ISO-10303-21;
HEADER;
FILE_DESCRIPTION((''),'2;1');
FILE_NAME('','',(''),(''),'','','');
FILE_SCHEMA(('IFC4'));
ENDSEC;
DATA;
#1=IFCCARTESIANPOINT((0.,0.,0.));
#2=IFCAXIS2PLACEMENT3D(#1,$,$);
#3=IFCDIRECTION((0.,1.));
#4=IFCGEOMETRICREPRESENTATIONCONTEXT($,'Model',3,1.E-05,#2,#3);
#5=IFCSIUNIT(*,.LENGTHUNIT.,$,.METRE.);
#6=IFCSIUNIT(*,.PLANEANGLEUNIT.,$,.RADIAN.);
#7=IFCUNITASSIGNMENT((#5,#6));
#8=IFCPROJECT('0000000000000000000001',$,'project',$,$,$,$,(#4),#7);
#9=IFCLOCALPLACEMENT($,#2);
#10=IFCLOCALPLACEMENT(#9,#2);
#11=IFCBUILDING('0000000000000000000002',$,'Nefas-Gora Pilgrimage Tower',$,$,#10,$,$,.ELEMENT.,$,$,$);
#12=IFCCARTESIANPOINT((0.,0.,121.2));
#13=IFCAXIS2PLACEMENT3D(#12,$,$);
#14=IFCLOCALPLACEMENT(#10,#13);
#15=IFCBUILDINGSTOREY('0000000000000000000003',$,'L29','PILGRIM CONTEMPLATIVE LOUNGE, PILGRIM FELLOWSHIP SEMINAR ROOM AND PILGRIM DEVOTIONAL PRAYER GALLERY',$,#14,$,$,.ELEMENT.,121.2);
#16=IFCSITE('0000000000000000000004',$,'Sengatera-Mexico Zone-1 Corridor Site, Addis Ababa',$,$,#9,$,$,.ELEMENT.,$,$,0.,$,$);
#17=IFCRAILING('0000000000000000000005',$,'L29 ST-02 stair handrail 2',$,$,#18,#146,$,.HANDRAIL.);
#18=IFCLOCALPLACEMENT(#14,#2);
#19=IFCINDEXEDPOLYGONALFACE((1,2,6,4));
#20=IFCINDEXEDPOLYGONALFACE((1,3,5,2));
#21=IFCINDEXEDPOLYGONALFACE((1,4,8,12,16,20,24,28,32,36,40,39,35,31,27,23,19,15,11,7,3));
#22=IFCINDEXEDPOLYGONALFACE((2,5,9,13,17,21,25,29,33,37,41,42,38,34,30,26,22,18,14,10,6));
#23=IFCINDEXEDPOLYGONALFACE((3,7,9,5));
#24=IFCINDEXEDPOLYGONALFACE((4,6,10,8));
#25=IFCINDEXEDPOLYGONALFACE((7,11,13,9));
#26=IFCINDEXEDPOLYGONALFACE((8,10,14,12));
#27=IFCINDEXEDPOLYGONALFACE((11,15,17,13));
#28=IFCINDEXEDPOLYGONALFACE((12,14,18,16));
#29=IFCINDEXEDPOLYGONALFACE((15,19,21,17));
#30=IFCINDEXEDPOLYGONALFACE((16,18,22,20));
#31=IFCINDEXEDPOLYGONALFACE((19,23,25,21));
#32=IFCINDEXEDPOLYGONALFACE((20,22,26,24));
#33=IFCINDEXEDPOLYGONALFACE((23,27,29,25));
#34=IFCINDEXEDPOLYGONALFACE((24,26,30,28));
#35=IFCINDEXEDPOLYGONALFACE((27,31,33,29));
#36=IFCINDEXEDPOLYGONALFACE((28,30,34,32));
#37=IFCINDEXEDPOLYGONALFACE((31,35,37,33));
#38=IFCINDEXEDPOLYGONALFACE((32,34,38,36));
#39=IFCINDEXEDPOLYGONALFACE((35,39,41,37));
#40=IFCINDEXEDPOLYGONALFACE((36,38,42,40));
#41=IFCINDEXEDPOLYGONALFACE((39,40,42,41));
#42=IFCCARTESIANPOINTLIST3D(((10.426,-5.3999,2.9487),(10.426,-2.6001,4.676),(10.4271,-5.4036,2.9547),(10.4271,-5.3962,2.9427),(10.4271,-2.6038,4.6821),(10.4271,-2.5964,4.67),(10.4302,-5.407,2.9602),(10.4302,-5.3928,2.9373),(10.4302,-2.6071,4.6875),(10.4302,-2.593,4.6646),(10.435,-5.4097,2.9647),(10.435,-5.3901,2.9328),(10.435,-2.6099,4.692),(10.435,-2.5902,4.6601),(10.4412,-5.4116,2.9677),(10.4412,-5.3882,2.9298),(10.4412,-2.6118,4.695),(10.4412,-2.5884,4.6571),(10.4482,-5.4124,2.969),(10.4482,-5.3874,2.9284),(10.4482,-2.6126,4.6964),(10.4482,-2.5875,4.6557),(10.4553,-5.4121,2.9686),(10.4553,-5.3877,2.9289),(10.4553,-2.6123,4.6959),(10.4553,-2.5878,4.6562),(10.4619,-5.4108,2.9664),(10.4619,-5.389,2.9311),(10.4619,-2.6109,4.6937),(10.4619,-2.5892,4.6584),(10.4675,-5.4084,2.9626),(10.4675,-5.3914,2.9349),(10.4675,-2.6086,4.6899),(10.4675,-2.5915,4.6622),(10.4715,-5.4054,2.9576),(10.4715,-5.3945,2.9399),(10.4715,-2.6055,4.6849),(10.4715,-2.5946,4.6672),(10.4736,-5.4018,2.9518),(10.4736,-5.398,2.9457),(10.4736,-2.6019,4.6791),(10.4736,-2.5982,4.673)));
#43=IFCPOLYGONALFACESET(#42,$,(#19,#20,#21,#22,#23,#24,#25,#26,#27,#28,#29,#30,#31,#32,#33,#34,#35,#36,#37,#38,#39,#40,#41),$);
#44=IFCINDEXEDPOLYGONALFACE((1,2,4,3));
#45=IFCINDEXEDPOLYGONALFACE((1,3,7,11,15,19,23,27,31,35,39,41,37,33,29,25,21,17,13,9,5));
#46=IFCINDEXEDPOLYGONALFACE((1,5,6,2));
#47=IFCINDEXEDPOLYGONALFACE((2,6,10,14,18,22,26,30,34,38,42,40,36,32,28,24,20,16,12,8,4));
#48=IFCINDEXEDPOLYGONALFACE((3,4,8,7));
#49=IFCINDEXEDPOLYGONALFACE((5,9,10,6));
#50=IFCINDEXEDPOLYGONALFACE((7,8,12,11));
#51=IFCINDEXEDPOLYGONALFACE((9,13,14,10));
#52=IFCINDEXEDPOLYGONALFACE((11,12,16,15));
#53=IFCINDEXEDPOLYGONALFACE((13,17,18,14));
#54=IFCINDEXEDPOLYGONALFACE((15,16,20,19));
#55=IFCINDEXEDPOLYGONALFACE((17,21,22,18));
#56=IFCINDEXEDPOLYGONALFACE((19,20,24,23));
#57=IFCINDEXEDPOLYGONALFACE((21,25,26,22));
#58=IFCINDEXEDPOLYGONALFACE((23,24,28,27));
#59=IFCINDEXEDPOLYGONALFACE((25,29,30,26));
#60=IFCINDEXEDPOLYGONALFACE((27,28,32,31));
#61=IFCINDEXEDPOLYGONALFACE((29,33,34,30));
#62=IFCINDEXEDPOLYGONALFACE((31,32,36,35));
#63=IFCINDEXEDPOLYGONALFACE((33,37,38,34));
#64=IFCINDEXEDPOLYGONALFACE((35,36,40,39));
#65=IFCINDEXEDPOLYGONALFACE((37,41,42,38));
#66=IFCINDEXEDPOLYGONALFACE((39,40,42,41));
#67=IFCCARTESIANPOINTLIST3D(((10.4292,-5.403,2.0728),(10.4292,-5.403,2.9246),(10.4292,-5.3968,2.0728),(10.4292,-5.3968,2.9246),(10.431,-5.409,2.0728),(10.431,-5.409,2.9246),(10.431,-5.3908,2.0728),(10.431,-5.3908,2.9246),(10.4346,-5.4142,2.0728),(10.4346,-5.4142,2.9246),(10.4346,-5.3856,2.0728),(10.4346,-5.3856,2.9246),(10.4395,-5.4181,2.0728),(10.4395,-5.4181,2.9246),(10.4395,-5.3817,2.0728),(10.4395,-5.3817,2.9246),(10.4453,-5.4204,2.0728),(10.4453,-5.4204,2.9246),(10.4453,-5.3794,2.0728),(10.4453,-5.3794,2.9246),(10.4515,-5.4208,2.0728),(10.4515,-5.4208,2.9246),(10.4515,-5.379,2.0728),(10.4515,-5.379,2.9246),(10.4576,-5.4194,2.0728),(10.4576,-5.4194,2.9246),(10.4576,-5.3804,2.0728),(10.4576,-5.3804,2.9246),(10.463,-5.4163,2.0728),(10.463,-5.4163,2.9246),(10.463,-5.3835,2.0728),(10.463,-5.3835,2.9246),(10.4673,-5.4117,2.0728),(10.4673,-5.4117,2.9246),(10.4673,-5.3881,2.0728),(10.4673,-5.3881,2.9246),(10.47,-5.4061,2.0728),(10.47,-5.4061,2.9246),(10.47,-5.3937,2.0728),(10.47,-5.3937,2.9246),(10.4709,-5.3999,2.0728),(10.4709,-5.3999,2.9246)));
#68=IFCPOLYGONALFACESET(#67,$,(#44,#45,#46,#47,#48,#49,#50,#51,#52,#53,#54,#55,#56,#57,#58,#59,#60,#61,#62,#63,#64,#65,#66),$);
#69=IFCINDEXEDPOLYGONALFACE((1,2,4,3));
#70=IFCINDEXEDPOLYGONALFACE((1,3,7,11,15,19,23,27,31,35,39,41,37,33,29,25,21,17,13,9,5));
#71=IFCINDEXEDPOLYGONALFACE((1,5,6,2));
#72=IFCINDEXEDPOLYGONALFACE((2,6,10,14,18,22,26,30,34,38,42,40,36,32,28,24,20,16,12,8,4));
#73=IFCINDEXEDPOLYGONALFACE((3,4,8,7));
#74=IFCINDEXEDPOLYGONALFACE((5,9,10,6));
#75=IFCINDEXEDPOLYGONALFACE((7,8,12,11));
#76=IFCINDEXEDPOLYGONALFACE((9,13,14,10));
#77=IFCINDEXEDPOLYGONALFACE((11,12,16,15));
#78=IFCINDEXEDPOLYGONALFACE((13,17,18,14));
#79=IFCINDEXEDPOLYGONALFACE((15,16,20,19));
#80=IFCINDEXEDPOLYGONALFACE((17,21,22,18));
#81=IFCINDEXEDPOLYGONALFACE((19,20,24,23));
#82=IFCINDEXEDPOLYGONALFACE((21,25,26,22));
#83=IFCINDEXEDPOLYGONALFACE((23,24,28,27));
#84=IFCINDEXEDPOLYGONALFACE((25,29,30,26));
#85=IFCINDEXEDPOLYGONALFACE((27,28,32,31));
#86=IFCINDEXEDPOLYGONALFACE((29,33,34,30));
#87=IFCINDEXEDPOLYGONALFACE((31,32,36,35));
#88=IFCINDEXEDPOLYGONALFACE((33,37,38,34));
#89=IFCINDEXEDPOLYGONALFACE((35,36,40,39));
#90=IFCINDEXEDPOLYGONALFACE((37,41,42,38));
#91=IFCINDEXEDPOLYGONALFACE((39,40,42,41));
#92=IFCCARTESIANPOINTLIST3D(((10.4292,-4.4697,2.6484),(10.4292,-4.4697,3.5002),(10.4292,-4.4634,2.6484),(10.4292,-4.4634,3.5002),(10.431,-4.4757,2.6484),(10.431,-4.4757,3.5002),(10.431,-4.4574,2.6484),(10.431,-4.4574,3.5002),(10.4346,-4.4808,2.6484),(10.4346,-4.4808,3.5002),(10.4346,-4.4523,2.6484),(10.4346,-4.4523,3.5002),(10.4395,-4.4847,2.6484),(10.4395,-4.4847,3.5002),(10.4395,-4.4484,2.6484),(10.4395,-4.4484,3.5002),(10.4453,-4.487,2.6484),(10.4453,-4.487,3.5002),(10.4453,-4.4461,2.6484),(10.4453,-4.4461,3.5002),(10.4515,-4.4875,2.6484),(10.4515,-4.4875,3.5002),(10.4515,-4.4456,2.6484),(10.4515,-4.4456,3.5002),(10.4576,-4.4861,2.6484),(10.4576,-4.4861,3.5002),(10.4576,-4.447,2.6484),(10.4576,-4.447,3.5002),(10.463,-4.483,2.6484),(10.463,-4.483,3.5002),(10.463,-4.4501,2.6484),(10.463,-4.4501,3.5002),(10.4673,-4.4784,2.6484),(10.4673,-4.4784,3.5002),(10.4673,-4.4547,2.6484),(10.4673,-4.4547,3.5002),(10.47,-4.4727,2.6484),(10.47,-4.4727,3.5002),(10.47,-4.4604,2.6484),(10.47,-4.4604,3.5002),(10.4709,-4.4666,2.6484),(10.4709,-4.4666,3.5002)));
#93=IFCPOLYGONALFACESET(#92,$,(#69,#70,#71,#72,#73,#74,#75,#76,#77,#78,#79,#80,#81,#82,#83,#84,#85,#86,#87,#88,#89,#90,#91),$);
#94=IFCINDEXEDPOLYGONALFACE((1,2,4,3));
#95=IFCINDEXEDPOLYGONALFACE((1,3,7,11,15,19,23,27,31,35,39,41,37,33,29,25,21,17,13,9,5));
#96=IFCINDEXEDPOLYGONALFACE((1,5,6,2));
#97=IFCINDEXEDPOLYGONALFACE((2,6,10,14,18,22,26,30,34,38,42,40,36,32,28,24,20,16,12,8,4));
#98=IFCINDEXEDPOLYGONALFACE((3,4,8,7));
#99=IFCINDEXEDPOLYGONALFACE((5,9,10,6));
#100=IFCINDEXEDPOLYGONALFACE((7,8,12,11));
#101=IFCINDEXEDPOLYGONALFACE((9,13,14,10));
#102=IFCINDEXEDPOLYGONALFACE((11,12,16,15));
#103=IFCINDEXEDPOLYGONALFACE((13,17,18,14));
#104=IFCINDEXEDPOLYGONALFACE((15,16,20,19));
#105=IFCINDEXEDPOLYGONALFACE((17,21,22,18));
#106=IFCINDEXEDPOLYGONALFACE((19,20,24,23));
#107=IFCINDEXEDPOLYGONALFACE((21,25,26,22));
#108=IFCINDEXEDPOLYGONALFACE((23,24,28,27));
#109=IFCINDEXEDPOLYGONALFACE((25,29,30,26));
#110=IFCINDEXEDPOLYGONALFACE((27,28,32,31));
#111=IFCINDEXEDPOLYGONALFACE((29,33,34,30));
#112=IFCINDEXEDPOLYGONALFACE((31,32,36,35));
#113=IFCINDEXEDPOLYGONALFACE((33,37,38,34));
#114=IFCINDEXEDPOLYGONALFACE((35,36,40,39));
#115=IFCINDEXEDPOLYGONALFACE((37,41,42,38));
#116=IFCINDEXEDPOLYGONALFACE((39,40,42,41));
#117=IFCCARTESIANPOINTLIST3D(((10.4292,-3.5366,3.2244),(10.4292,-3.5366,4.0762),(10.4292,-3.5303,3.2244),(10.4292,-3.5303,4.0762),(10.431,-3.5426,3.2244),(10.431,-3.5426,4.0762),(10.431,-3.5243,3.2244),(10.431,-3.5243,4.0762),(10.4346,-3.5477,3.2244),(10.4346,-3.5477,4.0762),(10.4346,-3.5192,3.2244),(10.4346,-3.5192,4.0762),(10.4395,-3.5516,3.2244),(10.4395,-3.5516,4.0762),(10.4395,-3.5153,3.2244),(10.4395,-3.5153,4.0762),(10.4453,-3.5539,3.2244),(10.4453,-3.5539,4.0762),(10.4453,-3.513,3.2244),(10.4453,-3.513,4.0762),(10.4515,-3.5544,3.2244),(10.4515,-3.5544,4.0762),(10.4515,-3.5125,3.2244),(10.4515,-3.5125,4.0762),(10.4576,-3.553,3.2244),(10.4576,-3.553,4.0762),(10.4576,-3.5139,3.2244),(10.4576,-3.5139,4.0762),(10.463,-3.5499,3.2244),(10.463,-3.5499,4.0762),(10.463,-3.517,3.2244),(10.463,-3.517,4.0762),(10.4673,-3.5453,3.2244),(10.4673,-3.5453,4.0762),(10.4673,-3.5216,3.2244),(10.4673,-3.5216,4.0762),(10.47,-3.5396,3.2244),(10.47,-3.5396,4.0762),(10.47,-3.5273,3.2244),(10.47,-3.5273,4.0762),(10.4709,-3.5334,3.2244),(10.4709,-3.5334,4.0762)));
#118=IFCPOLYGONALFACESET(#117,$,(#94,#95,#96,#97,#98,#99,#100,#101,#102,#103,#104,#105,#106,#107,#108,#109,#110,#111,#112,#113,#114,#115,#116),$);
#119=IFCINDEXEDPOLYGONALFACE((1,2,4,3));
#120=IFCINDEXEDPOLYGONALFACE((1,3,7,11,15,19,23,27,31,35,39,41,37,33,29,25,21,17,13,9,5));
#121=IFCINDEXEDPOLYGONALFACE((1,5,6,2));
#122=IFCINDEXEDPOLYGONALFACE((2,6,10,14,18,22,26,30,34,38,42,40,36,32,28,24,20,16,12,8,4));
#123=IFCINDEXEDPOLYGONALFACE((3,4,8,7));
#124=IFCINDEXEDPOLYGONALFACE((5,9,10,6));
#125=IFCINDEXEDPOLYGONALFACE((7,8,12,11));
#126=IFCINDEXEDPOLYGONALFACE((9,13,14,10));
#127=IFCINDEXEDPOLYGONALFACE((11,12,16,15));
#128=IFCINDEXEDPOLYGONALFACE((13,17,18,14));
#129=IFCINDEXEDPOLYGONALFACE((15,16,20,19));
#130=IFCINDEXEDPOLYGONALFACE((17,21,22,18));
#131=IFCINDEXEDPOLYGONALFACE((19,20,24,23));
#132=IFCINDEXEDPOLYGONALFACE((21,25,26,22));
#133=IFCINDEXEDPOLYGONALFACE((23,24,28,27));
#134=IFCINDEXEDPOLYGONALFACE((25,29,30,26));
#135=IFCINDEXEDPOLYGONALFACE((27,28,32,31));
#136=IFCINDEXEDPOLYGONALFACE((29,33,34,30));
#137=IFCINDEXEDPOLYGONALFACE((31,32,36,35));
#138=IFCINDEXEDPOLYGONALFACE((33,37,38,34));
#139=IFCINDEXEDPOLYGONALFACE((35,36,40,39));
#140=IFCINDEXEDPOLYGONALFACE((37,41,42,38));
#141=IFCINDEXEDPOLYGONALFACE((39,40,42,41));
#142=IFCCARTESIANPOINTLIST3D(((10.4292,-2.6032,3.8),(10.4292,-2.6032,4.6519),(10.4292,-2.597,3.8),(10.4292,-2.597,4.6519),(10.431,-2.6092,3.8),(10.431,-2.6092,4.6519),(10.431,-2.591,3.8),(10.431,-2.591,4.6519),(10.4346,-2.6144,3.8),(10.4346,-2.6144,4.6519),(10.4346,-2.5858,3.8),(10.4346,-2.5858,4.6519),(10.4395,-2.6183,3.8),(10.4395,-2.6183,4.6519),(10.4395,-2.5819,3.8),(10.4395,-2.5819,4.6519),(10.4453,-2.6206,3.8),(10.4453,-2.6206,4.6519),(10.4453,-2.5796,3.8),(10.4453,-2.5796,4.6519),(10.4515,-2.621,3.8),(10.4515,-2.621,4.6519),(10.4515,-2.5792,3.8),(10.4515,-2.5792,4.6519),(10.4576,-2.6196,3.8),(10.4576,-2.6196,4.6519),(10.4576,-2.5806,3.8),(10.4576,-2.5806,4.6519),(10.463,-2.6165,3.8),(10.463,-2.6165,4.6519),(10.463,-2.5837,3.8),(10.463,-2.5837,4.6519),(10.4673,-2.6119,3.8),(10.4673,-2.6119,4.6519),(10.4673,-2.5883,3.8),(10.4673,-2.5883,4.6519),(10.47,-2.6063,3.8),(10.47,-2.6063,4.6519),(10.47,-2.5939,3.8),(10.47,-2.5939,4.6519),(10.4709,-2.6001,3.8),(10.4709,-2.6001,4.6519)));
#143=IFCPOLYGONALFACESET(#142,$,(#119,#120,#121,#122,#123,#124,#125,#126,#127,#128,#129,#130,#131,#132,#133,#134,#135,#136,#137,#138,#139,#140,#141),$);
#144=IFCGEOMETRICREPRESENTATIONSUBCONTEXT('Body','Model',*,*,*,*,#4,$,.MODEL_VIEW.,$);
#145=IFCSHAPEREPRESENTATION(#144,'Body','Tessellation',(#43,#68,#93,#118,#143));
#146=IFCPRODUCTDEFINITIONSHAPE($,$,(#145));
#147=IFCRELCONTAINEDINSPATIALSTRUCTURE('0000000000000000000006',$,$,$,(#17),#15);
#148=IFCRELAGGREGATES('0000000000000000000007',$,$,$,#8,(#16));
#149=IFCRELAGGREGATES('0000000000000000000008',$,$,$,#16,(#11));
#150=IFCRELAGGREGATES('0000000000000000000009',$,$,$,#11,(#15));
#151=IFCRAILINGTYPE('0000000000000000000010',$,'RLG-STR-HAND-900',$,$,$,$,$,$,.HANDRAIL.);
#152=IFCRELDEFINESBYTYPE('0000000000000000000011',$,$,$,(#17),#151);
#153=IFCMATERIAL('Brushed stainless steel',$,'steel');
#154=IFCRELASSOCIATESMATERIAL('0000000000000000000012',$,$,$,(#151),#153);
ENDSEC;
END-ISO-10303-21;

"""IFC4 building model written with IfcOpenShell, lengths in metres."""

from ifc_helpers import new_model, si_unit, direction, frame, origin, origin_2d, place, context, subcontext, project, spatial, circle, extrude, material, type_object, element, save


model = new_model("IFC4")

# Units and contexts
model_context = context("Model", 3, precision=1e-05, world=origin(), true_north=direction((0.0, 1.0)))
body_context = subcontext(model_context, "Body", "Model", "MODEL_VIEW")
ifc_project = project(units=[si_unit("LENGTHUNIT", "METRE"), si_unit("PLANEANGLEUNIT", "RADIAN")], contexts=[model_context])

# Site, building, storey
site_placement = place(None, origin())
site = spatial("IfcSite", under=ifc_project, at=site_placement, Name="Sengatera-Mexico Zone-1 Corridor Site, Addis Ababa", CompositionType="ELEMENT", RefElevation=0.0)
building_placement = place(site_placement, origin())
building = spatial("IfcBuilding", under=site, at=building_placement, Name="Nefas-Gora Pilgrimage Tower", CompositionType="ELEMENT")
storey_placement = place(building_placement, frame((0.0, 0.0, 121.2)))
storey = spatial("IfcBuildingStorey", under=building, at=storey_placement, Name="L29", Description="PILGRIM CONTEMPLATIVE LOUNGE, PILGRIM FELLOWSHIP SEMINAR ROOM AND PILGRIM DEVOTIONAL PRAYER GALLERY", CompositionType="ELEMENT", Elevation=121.2)

# Railing
ifc_material_1 = material(Name="Brushed stainless steel", Category="steel")
railing_type_1 = type_object("IfcRailingType", Name="RLG-STR-HAND-900", PredefinedType="HANDRAIL", material=ifc_material_1)
railing_1_placement = place(storey_placement, frame((10.45, -5.3999, 2.0728)))
element("IfcRailing", 1, at=railing_1_placement, inside=storey, type_object=railing_type_1, Name="L29 ST-02 stair handrail 2", PredefinedType="HANDRAIL", context=body_context, shape_type="SweptSolid", body=[
    extrude(circle(Radius=0.0239, at=origin_2d()), frame((0.0, 0.0, 0.876), z_axis=(0.0, 0.851069, 0.525054), x_axis=(-1.0, 0.0, 0.0)), (0.0, 0.0, 1.0), 3.2898),
    extrude(circle(Radius=0.021, at=origin_2d()), origin(), (0.0, 0.0, 1.0), 0.8518),
    extrude(circle(Radius=0.021, at=origin_2d()), frame((0.0, 0.9333, 0.5757)), (0.0, 0.0, 1.0), 0.8518),
    extrude(circle(Radius=0.021, at=origin_2d()), frame((0.0, 1.8665, 1.1516)), (0.0, 0.0, 1.0), 0.8518),
    extrude(circle(Radius=0.021, at=origin_2d()), frame((0.0, 2.7998, 1.7273)), (0.0, 0.0, 1.0), 0.8518),
])

save(model, "model.ifc")
